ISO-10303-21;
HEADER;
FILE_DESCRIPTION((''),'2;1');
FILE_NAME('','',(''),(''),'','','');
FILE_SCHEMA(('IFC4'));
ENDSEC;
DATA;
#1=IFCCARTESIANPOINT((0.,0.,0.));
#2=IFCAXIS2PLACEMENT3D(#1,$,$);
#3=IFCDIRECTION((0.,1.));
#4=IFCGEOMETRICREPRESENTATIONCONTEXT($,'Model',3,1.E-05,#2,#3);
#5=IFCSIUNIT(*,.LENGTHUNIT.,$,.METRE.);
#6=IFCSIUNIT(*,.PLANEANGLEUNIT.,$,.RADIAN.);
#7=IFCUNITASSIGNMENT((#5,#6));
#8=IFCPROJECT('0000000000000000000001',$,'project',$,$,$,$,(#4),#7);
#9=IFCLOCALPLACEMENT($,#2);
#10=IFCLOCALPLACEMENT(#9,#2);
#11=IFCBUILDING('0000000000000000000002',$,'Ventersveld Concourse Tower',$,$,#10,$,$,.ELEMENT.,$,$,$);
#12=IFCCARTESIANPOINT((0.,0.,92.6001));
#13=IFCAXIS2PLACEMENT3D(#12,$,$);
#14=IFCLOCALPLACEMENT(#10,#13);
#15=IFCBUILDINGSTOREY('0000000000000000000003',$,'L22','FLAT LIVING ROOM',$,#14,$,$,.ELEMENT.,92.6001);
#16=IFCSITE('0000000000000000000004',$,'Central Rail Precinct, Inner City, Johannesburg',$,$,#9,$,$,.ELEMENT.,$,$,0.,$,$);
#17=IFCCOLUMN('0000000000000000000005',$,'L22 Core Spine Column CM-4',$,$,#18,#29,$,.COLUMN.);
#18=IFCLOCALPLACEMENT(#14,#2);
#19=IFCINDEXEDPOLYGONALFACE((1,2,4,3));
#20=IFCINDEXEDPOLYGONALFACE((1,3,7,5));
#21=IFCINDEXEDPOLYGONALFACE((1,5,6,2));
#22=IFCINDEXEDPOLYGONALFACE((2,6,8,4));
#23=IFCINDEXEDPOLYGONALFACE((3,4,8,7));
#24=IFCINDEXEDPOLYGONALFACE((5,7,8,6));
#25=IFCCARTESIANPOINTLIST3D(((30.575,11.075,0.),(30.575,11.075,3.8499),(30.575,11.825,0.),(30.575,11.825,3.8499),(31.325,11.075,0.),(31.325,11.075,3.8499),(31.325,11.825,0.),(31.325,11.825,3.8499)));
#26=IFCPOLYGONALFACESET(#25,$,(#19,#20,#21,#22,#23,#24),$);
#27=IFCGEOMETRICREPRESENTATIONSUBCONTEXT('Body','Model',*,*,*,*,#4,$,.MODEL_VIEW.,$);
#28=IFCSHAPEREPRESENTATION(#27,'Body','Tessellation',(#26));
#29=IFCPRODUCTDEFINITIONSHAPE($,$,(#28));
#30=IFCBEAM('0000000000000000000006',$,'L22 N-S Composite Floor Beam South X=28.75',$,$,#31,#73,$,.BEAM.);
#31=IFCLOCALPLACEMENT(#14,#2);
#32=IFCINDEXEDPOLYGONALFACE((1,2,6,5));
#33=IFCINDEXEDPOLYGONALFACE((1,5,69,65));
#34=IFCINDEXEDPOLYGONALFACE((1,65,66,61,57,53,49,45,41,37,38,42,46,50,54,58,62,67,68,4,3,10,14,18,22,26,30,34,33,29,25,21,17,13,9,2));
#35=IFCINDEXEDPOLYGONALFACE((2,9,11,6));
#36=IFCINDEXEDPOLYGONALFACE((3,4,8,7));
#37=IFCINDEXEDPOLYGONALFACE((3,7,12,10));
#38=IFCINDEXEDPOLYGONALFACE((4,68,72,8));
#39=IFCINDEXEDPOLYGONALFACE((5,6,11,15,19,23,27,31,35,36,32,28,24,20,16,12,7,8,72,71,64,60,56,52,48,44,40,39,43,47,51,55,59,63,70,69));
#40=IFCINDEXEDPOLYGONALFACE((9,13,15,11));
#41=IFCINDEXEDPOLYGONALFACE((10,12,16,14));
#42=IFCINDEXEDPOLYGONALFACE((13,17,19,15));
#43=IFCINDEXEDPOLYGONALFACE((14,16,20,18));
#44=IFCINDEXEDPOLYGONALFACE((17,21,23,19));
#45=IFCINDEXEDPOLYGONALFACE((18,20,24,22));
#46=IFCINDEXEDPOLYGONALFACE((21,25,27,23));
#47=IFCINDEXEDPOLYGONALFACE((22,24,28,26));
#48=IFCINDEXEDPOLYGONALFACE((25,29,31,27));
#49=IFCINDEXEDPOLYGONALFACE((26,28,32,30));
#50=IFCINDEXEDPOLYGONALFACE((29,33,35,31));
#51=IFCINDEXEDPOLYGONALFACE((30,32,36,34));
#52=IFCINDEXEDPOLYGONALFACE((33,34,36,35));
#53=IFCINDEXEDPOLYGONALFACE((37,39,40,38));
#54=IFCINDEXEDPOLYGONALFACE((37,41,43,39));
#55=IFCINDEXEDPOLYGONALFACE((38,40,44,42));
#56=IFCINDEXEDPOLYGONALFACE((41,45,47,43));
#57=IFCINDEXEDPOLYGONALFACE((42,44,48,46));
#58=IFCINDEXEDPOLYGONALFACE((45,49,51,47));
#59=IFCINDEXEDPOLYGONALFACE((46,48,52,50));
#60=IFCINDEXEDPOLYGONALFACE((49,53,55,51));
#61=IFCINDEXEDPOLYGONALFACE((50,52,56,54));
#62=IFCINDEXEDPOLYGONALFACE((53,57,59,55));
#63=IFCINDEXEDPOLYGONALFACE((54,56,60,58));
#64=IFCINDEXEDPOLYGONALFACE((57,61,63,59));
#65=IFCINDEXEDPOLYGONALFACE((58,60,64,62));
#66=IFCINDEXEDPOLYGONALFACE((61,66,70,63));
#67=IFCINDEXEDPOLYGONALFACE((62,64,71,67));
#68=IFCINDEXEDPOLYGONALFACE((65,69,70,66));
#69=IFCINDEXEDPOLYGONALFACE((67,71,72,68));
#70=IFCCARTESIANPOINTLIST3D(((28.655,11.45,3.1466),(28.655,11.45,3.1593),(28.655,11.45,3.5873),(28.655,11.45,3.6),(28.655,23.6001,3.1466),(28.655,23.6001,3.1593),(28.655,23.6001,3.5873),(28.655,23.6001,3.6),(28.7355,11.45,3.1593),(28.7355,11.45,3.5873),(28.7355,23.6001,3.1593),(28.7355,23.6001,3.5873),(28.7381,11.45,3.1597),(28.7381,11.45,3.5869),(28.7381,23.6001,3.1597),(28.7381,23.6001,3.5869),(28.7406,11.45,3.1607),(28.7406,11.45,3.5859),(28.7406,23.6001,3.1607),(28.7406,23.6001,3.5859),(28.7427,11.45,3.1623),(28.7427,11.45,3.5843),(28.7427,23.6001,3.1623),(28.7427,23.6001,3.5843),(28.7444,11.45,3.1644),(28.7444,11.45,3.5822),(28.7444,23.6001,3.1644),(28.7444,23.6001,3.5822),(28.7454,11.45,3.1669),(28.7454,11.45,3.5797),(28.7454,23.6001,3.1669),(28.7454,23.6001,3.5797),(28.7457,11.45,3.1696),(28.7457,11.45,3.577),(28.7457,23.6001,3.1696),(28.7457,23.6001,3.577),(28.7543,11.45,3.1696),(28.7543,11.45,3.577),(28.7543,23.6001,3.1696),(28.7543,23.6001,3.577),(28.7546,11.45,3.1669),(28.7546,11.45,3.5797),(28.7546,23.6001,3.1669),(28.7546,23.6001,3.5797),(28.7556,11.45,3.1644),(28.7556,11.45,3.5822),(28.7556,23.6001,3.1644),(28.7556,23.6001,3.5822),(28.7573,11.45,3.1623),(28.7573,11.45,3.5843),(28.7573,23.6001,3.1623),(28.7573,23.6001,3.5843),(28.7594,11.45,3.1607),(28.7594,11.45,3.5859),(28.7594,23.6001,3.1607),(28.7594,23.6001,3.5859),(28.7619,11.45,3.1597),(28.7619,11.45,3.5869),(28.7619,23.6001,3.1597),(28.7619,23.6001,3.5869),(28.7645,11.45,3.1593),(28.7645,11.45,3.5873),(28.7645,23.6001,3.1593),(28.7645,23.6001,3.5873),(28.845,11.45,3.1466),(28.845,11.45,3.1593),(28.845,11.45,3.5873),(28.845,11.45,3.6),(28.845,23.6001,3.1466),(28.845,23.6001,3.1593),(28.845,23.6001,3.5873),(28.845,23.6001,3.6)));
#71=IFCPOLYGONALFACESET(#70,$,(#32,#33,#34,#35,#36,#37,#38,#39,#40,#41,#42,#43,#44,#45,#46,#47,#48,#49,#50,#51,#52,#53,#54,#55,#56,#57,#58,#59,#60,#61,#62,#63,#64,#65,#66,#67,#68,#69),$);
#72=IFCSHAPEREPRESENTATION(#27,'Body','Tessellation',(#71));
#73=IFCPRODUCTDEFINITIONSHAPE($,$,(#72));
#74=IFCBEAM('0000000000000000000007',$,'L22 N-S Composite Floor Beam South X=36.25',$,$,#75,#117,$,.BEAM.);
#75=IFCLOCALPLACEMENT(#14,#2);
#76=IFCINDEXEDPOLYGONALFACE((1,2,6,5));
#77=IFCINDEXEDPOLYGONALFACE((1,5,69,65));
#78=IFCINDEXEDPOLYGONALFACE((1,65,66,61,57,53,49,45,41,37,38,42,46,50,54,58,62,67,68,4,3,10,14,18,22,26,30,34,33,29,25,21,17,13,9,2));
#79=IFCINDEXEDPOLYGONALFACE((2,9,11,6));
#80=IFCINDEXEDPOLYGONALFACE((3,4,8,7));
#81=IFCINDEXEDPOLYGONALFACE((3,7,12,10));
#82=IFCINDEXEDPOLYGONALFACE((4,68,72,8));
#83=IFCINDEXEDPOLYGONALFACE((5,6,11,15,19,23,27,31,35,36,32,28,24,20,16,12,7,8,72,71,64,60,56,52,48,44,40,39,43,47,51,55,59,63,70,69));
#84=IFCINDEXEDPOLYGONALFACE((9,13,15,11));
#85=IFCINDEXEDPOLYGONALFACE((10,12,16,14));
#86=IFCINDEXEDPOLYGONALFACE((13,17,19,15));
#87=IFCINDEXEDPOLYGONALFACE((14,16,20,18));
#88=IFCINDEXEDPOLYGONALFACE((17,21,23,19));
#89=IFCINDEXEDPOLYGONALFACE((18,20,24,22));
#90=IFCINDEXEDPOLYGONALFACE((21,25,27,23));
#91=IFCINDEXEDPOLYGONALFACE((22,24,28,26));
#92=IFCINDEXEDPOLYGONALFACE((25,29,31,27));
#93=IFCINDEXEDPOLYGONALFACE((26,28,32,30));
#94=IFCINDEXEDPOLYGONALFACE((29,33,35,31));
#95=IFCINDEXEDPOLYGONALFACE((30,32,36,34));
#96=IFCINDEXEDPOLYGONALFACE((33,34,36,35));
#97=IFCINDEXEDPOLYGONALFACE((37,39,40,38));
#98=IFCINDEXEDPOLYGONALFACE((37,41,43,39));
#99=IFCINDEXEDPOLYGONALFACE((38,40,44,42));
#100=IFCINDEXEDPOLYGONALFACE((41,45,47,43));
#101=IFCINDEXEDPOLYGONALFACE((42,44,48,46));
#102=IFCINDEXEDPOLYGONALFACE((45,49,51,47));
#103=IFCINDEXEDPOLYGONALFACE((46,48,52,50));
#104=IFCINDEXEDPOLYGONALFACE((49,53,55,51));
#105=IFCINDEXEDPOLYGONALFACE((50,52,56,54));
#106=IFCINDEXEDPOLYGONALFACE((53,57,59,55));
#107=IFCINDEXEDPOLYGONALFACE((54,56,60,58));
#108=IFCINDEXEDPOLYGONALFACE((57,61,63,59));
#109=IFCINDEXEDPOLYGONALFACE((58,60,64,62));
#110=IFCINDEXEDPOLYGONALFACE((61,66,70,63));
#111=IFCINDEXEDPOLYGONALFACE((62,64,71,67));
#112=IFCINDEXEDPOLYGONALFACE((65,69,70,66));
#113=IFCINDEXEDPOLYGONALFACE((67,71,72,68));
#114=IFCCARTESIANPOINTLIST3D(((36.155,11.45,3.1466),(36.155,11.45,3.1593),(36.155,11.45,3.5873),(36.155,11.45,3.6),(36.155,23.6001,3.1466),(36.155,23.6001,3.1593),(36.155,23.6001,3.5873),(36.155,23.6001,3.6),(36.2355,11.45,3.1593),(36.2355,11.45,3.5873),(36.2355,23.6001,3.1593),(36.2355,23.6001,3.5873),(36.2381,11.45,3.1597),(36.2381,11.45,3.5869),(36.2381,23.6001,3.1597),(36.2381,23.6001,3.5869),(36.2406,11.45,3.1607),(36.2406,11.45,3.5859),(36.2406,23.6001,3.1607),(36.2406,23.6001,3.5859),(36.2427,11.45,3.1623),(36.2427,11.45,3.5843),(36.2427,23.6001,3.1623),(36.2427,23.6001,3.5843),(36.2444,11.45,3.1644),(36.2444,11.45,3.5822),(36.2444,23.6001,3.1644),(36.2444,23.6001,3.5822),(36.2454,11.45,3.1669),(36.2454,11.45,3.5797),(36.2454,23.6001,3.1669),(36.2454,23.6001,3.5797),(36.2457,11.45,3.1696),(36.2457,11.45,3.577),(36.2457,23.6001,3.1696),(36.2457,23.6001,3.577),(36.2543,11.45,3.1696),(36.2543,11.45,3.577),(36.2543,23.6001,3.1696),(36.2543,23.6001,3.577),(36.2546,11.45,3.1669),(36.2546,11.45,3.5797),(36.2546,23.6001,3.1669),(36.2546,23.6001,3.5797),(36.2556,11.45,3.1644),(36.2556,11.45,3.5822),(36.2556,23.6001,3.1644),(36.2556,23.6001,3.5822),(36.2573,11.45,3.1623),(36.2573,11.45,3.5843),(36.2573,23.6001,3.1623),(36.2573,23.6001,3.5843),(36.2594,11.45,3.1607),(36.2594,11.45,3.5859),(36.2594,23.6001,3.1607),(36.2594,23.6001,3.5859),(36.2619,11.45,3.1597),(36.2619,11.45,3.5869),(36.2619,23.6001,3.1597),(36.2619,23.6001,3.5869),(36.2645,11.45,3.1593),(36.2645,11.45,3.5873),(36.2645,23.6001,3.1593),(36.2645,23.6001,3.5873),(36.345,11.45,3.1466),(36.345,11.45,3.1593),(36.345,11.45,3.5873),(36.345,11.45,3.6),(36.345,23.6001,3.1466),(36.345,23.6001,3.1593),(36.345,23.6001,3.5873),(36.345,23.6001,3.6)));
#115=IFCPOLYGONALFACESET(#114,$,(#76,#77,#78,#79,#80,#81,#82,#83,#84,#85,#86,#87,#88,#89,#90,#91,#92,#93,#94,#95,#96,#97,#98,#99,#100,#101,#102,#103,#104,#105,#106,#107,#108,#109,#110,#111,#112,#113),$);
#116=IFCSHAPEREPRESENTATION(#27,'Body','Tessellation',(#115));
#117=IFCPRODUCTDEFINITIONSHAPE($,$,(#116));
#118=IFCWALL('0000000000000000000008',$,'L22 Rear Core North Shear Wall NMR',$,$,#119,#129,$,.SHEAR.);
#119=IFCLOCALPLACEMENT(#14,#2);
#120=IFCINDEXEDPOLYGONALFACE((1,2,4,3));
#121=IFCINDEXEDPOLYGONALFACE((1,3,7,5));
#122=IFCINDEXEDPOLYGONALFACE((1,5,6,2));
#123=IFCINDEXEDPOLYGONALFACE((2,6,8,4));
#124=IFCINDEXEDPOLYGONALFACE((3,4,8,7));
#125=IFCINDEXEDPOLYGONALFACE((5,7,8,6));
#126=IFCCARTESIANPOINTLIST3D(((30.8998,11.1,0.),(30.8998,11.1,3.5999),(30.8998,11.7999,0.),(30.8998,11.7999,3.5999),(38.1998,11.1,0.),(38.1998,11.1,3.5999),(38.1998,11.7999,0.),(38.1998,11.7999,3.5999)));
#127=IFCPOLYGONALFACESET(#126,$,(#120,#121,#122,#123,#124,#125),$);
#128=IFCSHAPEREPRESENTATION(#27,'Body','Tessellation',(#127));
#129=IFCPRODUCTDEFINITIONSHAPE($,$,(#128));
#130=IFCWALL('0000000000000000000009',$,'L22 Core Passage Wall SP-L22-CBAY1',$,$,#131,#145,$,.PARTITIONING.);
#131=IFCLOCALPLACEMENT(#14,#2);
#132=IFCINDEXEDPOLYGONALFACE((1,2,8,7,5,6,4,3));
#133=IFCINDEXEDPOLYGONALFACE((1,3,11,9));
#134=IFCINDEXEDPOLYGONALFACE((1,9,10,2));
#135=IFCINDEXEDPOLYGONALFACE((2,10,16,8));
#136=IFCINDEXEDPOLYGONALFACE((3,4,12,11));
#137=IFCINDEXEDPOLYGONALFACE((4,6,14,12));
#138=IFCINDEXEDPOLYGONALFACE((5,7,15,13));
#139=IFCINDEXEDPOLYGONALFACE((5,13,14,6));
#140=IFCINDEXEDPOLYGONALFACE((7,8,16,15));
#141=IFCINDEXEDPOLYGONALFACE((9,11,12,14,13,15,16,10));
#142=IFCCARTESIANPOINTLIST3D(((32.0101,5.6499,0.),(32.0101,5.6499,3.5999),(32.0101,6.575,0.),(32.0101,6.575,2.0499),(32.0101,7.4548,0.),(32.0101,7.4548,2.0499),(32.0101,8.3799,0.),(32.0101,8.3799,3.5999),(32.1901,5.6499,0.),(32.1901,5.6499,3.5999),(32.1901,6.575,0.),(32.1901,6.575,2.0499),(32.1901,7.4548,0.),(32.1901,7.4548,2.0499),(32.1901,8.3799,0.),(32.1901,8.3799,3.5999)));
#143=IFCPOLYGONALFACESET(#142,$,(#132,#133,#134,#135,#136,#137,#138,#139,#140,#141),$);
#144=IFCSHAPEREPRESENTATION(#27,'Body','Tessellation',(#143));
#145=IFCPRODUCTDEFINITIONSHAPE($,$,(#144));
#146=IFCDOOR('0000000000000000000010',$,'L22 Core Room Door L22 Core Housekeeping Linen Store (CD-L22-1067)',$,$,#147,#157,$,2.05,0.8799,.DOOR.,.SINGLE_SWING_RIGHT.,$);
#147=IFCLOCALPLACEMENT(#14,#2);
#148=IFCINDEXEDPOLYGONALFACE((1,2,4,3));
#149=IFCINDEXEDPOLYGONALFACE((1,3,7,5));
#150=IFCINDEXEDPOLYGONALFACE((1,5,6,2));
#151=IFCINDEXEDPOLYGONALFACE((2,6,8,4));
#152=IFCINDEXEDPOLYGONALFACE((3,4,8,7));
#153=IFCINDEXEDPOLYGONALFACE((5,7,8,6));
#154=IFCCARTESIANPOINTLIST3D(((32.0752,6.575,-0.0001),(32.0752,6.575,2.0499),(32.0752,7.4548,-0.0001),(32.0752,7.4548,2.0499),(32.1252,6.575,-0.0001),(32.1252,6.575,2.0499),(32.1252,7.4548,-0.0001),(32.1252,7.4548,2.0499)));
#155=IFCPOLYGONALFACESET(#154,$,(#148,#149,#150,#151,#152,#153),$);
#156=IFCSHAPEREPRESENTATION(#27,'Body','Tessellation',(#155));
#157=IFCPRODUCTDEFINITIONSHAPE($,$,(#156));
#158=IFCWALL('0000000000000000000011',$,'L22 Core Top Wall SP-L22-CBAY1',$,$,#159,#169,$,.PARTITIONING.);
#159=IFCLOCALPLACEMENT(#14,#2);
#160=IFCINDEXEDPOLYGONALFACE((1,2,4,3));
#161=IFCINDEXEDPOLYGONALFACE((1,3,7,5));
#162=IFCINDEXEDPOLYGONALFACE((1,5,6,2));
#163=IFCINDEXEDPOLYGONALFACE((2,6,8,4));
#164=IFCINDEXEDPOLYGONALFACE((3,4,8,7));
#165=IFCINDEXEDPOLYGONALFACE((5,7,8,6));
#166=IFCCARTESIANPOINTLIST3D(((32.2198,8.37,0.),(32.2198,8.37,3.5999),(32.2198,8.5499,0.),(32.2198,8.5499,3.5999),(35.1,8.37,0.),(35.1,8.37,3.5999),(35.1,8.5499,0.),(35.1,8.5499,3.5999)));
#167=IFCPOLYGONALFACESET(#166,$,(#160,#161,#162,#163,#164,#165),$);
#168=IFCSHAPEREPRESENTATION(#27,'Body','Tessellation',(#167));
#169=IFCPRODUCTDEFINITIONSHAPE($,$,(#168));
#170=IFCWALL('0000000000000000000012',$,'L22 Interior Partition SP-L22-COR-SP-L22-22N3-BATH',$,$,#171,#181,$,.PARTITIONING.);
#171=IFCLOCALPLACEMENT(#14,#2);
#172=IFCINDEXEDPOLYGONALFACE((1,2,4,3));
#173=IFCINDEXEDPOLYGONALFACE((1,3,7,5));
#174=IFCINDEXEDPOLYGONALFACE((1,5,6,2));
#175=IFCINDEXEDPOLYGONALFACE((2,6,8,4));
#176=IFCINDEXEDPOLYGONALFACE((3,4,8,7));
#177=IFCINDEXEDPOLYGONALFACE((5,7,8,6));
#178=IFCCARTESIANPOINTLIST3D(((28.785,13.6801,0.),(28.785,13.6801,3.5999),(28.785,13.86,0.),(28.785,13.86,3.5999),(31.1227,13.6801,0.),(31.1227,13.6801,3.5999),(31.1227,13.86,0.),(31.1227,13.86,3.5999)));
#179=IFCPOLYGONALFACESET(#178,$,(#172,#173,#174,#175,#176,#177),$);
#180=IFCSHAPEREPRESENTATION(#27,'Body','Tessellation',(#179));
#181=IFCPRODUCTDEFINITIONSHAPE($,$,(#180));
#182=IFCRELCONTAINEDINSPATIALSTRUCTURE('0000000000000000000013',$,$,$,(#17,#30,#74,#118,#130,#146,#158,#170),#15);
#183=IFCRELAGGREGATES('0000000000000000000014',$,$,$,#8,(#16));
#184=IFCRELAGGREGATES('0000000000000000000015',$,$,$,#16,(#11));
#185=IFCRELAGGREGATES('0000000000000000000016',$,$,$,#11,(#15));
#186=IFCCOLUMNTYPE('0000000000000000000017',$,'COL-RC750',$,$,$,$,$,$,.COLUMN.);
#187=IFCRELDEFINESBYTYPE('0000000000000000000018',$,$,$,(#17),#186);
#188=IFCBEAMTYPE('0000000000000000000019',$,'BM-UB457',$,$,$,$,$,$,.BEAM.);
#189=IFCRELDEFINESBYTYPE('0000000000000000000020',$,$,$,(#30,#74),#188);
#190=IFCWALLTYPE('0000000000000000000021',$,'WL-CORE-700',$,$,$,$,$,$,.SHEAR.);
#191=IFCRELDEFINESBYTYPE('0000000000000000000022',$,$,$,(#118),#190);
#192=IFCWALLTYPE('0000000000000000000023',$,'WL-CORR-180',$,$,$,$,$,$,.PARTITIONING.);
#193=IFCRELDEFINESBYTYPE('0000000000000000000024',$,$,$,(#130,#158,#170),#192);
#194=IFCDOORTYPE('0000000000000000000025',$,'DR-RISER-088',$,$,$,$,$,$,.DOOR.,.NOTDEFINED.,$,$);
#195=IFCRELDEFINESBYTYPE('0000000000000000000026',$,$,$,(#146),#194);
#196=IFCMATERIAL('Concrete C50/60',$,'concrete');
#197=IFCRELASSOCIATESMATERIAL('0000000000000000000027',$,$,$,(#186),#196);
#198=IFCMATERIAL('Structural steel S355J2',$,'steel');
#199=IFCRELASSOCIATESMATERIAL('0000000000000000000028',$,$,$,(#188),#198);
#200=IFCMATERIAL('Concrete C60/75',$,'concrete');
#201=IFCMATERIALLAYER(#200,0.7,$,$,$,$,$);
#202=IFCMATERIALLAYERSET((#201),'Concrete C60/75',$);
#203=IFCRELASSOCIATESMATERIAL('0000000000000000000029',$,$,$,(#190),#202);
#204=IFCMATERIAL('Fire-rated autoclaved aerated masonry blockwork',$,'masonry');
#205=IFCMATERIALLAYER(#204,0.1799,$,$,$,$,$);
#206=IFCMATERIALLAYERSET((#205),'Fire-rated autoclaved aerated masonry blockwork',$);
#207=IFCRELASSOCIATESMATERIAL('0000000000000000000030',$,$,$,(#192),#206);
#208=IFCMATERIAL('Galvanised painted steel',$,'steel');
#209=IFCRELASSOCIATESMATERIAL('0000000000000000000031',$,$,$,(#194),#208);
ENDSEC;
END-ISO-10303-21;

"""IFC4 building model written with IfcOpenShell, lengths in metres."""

from ifc_helpers import new_model, si_unit, direction, frame, frame_2d, origin, origin_2d, place, context, subcontext, project, spatial, rectangle, i_section, extrude, material, layer, layer_set, material_profile, profile_set, type_object, element, fill, save


model = new_model("IFC4")

# Units and contexts
model_context = context("Model", 3, precision=1e-05, world=origin(), true_north=direction((0.0, 1.0)))
body_context = subcontext(model_context, "Body", "Model", "MODEL_VIEW")
ifc_project = project(units=[si_unit("LENGTHUNIT", "METRE"), si_unit("PLANEANGLEUNIT", "RADIAN")], contexts=[model_context])

# Site, building, storey
site_placement = place(None, origin())
site = spatial("IfcSite", under=ifc_project, at=site_placement, Name="Central Rail Precinct, Inner City, Johannesburg", CompositionType="ELEMENT", RefElevation=0.0)
building_placement = place(site_placement, origin())
building = spatial("IfcBuilding", under=site, at=building_placement, Name="Ventersveld Concourse Tower", CompositionType="ELEMENT")
storey_placement = place(building_placement, frame((0.0, 0.0, 92.6001)))
storey = spatial("IfcBuildingStorey", under=building, at=storey_placement, Name="L22", Description="FLAT LIVING ROOM", CompositionType="ELEMENT", Elevation=92.6001)

# Column
ifc_material_1 = material(Name="Concrete C50/60", Category="concrete")
ifc_material_profile_1 = material_profile(ifc_material_1, rectangle(XDim=0.75, YDim=0.75, at=origin_2d()), Name="RC 750x750")
ifc_profile_set_1 = profile_set([ifc_material_profile_1], Name="Concrete C50/60")
column_type = type_object("IfcColumnType", Name="COL-RC750", PredefinedType="COLUMN", material=ifc_profile_set_1)
column_placement = place(storey_placement, frame((30.95, 11.45, 0.0), z_axis=(0.0, 0.0, 1.0), x_axis=(1.0, 0.0, 0.0)))
element("IfcColumn", 1, at=column_placement, inside=storey, type_object=column_type, Name="L22 Core Spine Column CM-4", PredefinedType="COLUMN", context=body_context, shape_type="SweptSolid", body=[
    extrude(rectangle(XDim=0.75, YDim=0.75, at=origin_2d()), origin(), (0.0, 0.0, 1.0), 3.8499),
])

# Beams
ifc_material_2 = material(Name="Structural steel S355J2", Category="steel")
ifc_material_profile_2 = material_profile(ifc_material_2, i_section(OverallWidth=0.1899, OverallDepth=0.4534, WebThickness=0.0085, FlangeThickness=0.0127, FilletRadius=0.0103, at=origin_2d()), Name="UB 457x191x67")
ifc_profile_set_2 = profile_set([ifc_material_profile_2], Name="Structural steel S355J2")
beam_type = type_object("IfcBeamType", Name="BM-UB457", PredefinedType="BEAM", material=ifc_profile_set_2)
for number, where, z_axis, x_axis, name in (
    (2, (28.75, 11.45, 3.3733), (0.0, 1.0, 0.0), (-1.0, 0.0, 0.0), "L22 N-S Composite Floor Beam South X=28.75"),
    (3, (36.25, 11.45, 3.3733), (0.0, 1.0, 0.0), (-1.0, 0.0, 0.0), "L22 N-S Composite Floor Beam South X=36.25"),
):
    element("IfcBeam", number, at=place(storey_placement, frame(where, z_axis=z_axis, x_axis=x_axis)), inside=storey, type_object=beam_type, Name=name, PredefinedType="BEAM", context=body_context, shape_type="SweptSolid", body=[
        extrude(i_section(OverallWidth=0.1899, OverallDepth=0.4534, WebThickness=0.0085, FlangeThickness=0.0127, FilletRadius=0.0103, at=origin_2d()), origin(), (0.0, 0.0, 1.0), 12.1501),
    ])

# Wall
ifc_material_3 = material(Name="Concrete C60/75", Category="concrete")
ifc_layer_1 = layer(ifc_material_3, 0.7)
ifc_layer_set_1 = layer_set([ifc_layer_1], Name="Concrete C60/75")
wall_type_1 = type_object("IfcWallType", Name="WL-CORE-700", PredefinedType="SHEAR", material=ifc_layer_set_1)
wall_1_placement = place(storey_placement, frame((30.8999, 11.45, 0.0), z_axis=(0.0, 0.0, 1.0), x_axis=(1.0, 0.0, 0.0)))
element("IfcWall", 4, at=wall_1_placement, inside=storey, type_object=wall_type_1, Name="L22 Rear Core North Shear Wall NMR", PredefinedType="SHEAR", context=body_context, shape_type="SweptSolid", body=[
    extrude(rectangle(XDim=7.3, YDim=0.7, at=frame_2d((3.6499, 0.0))), origin(), (0.0, 0.0, 1.0), 3.5999),
])

# Wall, opening, door
ifc_material_4 = material(Name="Fire-rated autoclaved aerated masonry blockwork", Category="masonry")
ifc_layer_2 = layer(ifc_material_4, 0.1799)
ifc_layer_set_2 = layer_set([ifc_layer_2], Name="Fire-rated autoclaved aerated masonry blockwork")
wall_type_2 = type_object("IfcWallType", Name="WL-CORR-180", PredefinedType="PARTITIONING", material=ifc_layer_set_2)
wall_2_placement = place(storey_placement, frame((32.1001, 5.6499, 0.0), z_axis=(0.0, 0.0, 1.0), x_axis=(0.0, 1.0, 0.0)))
wall_2 = element("IfcWall", 5, at=wall_2_placement, inside=storey, type_object=wall_type_2, Name="L22 Core Passage Wall SP-L22-CBAY1", PredefinedType="PARTITIONING", context=body_context, shape_type="SweptSolid", body=[
    extrude(rectangle(XDim=2.73, YDim=0.1799, at=frame_2d((1.365, 0.0))), origin(), (0.0, 0.0, 1.0), 3.5999),
])
opening_1_placement = place(wall_2_placement, frame((0.925, 0.0, 0.0)))
opening_1 = element("IfcOpeningElement", 6, at=opening_1_placement, cuts=wall_2, PredefinedType="OPENING", context=body_context, shape_type="SweptSolid", body=[
    extrude(rectangle(XDim=0.8799, YDim=2.05, at=frame_2d((0.4399, 1.0249))), frame((0.0, 0.1001, 0.0), z_axis=(0.0, -1.0, 0.0), x_axis=(1.0, 0.0, 0.0)), (0.0, 0.0, 1.0), 0.2),
])
ifc_material_5 = material(Name="Galvanised painted steel", Category="steel")
door_type_1 = type_object("IfcDoorType", Name="DR-RISER-088", OperationType="NOTDEFINED", PredefinedType="DOOR", material=ifc_material_5)
door_1_placement = place(opening_1_placement, origin())
door_1 = element("IfcDoor", 7, at=door_1_placement, inside=storey, type_object=door_type_1, Name="L22 Core Room Door L22 Core Housekeeping Linen Store (CD-L22-1067)", OperationType="SINGLE_SWING_RIGHT", OverallHeight=2.05, OverallWidth=0.8799, PredefinedType="DOOR", context=body_context, shape_type="SweptSolid", body=[
    extrude(rectangle(XDim=0.8799, YDim=2.05, at=frame_2d((0.4399, 1.0249))), frame((0.0, 0.0249, 0.0), z_axis=(0.0, -1.0, 0.0), x_axis=(1.0, 0.0, 0.0)), (0.0, 0.0, 1.0), 0.05),
])
fill(opening_1, door_1)

# Wall
wall_3_placement = place(storey_placement, frame((32.22, 8.46, 0.0), z_axis=(0.0, 0.0, 1.0), x_axis=(1.0, 0.0, 0.0)))
element("IfcWall", 8, at=wall_3_placement, inside=storey, type_object=wall_type_2, Name="L22 Core Top Wall SP-L22-CBAY1", PredefinedType="PARTITIONING", context=body_context, shape_type="SweptSolid", body=[
    extrude(rectangle(XDim=2.8801, YDim=0.1799, at=frame_2d((1.4399, 0.0))), origin(), (0.0, 0.0, 1.0), 3.5999),
])

# Wall
wall_4_placement = place(storey_placement, frame((28.7849, 13.77, 0.0), z_axis=(0.0, 0.0, 1.0), x_axis=(1.0, 0.0, 0.0)))
element("IfcWall", 9, at=wall_4_placement, inside=storey, type_object=wall_type_2, Name="L22 Interior Partition SP-L22-COR-SP-L22-22N3-BATH", PredefinedType="PARTITIONING", context=body_context, shape_type="SweptSolid", body=[
    extrude(rectangle(XDim=2.3376, YDim=0.1799, at=frame_2d((1.1689, 0.0))), origin(), (0.0, 0.0, 1.0), 3.5999),
])

save(model, "model.ifc")
